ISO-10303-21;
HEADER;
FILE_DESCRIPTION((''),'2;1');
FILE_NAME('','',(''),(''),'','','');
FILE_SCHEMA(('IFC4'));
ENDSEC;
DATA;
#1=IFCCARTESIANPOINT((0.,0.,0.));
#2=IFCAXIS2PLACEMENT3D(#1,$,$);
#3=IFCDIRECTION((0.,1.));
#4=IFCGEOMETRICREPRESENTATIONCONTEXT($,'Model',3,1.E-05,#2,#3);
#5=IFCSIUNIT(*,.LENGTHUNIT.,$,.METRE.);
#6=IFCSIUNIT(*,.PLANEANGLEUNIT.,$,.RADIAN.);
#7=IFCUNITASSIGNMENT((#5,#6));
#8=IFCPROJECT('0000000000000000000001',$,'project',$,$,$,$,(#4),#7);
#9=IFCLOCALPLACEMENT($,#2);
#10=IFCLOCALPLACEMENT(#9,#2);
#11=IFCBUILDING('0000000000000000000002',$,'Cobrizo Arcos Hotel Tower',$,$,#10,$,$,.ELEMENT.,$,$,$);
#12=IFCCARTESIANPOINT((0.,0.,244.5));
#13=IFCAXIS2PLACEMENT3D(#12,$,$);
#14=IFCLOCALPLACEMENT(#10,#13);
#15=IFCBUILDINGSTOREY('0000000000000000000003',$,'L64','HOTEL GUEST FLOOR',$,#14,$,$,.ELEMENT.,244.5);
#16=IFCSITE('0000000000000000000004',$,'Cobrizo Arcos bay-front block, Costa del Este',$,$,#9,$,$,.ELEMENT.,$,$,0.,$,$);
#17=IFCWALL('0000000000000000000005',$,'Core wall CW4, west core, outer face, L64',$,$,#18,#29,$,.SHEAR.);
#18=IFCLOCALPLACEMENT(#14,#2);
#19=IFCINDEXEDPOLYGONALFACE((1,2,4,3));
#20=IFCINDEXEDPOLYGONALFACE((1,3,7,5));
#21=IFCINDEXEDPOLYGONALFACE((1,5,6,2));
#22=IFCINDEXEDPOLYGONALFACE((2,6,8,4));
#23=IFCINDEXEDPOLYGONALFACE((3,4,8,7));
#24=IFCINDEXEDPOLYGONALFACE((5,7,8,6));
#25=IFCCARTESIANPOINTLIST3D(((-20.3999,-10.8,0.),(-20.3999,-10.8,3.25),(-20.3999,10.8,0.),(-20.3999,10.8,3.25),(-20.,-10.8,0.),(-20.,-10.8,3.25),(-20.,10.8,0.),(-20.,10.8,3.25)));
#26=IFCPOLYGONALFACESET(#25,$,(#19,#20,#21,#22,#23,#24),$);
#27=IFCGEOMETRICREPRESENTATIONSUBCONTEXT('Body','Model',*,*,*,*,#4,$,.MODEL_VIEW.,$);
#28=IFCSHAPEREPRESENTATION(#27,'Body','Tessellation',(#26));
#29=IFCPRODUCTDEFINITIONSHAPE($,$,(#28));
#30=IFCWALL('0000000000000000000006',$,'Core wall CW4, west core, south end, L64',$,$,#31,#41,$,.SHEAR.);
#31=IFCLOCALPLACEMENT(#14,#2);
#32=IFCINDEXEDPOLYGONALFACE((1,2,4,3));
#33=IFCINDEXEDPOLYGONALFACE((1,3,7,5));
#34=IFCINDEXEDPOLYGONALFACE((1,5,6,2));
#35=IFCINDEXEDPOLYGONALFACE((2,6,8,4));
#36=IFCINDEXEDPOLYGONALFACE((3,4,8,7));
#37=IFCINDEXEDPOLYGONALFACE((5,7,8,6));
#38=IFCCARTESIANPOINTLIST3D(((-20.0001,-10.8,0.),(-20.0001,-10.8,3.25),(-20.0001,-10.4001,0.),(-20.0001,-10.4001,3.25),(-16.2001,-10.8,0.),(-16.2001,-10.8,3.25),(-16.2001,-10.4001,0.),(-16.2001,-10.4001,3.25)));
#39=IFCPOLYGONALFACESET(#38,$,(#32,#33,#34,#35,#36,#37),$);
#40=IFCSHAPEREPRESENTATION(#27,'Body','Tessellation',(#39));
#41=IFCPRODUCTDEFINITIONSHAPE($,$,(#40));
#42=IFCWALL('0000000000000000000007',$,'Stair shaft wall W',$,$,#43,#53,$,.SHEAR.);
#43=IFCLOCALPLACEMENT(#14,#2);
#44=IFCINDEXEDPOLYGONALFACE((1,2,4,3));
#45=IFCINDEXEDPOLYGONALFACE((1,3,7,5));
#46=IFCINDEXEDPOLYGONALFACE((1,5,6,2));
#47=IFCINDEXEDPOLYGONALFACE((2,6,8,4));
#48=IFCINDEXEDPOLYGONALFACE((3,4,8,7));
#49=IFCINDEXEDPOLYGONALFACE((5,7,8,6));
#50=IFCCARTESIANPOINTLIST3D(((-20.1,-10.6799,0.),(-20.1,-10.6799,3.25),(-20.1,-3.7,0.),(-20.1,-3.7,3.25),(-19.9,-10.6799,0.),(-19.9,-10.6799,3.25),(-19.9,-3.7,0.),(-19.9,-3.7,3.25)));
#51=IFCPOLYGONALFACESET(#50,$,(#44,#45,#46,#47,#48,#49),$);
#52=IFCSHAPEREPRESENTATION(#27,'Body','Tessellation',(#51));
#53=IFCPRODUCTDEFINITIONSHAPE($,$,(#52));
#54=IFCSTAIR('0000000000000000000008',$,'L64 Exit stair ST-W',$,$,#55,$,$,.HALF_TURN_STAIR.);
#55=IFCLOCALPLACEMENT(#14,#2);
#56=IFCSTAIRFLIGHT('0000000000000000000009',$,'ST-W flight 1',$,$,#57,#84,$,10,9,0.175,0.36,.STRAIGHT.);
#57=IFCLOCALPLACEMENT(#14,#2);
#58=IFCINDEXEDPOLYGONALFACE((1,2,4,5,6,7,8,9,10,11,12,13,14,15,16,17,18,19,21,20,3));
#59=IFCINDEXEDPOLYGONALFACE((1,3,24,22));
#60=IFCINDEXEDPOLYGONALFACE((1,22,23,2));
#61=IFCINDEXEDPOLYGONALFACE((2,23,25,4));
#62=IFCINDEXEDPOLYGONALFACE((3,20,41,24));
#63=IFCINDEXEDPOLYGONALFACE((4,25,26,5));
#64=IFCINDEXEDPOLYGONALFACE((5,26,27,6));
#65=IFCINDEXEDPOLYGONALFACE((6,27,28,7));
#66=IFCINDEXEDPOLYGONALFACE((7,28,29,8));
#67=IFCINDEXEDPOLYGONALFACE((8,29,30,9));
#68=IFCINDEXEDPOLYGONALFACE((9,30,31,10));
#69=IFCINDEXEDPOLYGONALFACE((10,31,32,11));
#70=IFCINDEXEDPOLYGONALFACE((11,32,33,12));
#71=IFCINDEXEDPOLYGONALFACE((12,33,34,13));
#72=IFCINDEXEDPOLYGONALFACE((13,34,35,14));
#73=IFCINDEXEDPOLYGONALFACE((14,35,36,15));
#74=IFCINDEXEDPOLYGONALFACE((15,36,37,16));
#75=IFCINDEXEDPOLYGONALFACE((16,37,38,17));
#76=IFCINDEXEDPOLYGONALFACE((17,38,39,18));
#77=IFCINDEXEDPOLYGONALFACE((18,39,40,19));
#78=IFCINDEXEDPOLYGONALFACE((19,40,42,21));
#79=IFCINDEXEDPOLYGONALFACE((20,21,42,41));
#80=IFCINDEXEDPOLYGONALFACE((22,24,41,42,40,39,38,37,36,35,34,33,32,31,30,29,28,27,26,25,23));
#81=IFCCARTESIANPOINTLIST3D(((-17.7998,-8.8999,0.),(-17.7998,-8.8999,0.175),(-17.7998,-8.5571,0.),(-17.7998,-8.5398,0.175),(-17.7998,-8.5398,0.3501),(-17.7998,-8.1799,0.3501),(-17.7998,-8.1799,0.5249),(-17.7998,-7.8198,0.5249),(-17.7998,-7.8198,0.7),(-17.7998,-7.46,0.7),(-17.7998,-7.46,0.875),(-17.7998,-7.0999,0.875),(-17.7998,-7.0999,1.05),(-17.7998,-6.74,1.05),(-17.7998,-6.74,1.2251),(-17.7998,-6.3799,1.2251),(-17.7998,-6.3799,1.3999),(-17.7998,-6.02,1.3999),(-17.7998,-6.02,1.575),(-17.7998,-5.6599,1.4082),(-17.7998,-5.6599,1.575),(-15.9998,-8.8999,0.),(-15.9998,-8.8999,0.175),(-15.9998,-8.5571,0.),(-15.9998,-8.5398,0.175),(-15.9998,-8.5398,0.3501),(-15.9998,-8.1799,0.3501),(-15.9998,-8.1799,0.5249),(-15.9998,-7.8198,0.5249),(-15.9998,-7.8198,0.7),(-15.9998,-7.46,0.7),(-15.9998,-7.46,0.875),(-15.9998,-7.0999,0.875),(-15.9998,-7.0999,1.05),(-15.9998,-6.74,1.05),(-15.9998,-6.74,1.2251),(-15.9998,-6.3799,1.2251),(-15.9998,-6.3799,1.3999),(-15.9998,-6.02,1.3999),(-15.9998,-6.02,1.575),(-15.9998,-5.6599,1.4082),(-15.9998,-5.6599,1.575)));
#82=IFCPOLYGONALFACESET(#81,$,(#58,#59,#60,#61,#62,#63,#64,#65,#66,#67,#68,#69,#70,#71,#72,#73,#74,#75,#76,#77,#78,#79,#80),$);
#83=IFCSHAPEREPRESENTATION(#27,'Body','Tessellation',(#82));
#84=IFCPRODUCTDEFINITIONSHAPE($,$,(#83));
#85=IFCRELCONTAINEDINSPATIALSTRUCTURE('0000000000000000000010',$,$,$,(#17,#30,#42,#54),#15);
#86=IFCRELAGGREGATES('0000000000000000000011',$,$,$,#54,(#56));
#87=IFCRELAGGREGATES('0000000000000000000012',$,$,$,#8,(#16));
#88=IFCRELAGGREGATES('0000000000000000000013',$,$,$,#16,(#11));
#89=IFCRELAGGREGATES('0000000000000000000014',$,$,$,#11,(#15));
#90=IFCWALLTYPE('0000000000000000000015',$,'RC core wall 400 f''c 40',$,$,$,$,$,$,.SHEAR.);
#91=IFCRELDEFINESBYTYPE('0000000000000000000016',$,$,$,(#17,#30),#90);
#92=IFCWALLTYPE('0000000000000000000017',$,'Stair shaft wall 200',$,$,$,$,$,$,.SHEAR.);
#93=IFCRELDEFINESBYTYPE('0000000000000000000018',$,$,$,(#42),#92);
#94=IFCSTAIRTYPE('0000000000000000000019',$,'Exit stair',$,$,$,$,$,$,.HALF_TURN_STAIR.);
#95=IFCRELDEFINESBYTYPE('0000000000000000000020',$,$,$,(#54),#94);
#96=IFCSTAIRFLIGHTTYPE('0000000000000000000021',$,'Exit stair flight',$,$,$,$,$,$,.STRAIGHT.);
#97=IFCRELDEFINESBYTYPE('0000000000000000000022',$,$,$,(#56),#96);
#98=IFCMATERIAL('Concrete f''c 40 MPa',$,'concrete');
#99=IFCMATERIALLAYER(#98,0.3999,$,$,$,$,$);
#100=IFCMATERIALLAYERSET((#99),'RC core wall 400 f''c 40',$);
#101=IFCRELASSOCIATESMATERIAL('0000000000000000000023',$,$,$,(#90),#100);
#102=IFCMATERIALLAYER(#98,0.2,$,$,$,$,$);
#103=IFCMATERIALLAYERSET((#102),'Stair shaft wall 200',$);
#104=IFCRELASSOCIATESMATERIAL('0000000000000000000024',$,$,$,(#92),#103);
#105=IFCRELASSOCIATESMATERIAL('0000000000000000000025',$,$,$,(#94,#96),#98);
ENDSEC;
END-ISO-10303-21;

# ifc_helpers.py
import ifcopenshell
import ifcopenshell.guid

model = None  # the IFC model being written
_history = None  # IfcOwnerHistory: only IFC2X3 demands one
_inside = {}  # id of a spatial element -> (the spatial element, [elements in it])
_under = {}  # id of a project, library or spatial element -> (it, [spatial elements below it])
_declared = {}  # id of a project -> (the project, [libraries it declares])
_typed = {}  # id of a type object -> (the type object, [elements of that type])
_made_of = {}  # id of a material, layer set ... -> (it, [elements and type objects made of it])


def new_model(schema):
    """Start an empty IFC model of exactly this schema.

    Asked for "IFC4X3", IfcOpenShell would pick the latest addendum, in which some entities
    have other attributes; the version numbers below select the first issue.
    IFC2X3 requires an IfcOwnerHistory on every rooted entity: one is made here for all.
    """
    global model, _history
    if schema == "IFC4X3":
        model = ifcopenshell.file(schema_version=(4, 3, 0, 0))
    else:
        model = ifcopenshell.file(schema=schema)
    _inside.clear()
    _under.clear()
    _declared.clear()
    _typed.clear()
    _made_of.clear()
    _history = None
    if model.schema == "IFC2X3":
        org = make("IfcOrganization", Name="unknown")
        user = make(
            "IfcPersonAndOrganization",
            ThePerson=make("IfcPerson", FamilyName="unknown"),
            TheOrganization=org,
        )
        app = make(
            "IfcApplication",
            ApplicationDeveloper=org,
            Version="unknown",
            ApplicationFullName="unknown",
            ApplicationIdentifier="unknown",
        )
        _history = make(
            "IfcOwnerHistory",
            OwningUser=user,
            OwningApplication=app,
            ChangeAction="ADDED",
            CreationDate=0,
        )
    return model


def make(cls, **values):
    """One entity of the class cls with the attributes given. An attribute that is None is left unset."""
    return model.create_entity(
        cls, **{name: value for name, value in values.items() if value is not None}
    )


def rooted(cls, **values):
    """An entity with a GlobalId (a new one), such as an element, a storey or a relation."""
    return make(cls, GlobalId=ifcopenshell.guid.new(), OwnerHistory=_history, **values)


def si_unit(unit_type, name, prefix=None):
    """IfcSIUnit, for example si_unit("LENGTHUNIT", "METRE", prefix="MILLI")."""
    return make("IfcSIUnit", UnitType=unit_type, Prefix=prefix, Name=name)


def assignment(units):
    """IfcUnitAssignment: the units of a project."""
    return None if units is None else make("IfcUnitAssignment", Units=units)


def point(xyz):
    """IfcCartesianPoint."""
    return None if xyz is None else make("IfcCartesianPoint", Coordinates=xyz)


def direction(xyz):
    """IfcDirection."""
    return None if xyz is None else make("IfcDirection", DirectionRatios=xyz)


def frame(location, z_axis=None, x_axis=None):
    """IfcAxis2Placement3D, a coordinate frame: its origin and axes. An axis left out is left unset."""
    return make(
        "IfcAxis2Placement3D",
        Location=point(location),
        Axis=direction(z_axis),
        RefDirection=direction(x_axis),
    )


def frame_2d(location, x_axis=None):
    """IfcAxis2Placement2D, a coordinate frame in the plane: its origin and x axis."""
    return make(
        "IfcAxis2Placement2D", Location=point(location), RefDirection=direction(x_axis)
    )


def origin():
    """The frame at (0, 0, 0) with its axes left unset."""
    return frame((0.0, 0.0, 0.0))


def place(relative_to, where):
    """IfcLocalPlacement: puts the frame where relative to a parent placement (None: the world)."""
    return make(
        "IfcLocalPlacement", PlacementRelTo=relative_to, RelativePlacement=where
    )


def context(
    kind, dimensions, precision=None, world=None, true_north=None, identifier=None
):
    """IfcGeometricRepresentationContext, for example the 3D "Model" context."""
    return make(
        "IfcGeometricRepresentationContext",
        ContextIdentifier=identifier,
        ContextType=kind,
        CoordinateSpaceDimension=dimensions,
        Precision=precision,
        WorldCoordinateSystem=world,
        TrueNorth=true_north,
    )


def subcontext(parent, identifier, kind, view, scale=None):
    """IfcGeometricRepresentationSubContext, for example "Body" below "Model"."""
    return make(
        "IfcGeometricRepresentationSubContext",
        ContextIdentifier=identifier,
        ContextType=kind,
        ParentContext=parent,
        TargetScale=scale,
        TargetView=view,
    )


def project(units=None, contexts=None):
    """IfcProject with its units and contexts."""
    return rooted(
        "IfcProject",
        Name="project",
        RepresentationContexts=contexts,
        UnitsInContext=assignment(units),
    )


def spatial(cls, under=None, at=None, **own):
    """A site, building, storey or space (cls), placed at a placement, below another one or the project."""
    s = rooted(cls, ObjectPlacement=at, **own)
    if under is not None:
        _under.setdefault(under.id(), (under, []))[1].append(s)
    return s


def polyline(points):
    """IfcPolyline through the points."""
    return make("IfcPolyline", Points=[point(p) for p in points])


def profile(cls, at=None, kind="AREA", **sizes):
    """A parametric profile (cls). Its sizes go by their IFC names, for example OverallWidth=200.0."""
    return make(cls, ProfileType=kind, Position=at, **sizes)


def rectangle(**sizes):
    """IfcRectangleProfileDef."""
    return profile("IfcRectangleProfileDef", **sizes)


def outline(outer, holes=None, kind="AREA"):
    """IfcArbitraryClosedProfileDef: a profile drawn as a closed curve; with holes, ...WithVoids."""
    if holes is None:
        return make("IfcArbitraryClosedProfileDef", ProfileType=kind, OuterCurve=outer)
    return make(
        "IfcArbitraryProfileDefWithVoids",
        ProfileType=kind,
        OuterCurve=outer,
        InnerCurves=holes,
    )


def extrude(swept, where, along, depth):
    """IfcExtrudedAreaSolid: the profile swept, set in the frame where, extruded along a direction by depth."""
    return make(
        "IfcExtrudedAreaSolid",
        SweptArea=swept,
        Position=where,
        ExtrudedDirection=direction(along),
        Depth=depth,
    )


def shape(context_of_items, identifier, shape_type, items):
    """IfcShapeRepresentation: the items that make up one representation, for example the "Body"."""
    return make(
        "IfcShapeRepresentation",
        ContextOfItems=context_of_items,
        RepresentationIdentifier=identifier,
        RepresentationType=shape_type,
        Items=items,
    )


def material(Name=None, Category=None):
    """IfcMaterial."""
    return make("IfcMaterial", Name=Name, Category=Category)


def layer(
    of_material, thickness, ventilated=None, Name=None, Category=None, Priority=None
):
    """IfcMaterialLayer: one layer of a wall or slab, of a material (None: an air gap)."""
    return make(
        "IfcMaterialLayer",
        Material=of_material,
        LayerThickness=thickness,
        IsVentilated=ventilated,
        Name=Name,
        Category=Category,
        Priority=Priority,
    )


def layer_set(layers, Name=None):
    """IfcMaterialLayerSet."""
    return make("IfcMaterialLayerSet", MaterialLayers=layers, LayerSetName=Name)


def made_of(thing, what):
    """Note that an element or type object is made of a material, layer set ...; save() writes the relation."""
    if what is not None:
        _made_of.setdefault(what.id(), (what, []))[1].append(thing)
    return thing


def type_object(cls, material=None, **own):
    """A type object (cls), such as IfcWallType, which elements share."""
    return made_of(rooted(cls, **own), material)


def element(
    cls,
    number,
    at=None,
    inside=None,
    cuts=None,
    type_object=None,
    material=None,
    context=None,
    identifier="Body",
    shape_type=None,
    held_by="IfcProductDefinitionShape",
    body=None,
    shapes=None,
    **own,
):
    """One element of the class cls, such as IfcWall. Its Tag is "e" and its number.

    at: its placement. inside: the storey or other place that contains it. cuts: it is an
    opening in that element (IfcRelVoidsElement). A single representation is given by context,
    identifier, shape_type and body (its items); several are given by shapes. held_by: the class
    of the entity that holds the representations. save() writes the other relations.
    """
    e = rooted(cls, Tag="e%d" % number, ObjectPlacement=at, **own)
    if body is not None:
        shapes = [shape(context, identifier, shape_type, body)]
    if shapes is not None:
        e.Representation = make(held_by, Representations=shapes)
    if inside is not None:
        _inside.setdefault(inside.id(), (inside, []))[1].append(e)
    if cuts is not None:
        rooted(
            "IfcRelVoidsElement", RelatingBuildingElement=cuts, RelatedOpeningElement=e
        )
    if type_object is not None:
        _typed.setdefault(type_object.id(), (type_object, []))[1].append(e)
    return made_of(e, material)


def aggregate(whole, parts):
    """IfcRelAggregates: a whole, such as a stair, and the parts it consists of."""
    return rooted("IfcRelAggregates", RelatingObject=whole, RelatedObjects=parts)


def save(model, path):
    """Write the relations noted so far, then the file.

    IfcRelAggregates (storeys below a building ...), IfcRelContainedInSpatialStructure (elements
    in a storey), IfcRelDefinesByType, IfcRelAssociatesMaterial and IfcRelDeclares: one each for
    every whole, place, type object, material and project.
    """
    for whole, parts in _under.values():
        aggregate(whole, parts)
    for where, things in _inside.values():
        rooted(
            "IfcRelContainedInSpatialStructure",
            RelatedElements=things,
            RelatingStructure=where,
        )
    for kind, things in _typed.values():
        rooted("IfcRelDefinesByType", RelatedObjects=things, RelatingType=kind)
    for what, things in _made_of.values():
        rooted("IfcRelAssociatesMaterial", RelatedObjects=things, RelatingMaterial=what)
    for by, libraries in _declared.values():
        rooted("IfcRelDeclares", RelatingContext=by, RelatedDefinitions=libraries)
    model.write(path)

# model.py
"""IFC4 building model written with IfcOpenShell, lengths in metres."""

from ifc_helpers import new_model, si_unit, direction, frame, frame_2d, origin, place, context, subcontext, project, spatial, polyline, rectangle, outline, extrude, material, layer, layer_set, type_object, element, aggregate, save


model = new_model("IFC4")

# Units and contexts
model_context = context("Model", 3, precision=1e-05, world=origin(), true_north=direction((0.0, 1.0)))
body_context = subcontext(model_context, "Body", "Model", "MODEL_VIEW")
ifc_project = project(units=[si_unit("LENGTHUNIT", "METRE"), si_unit("PLANEANGLEUNIT", "RADIAN")], contexts=[model_context])

# Site, building, storey
site_placement = place(None, origin())
site = spatial("IfcSite", under=ifc_project, at=site_placement, Name="Cobrizo Arcos bay-front block, Costa del Este", CompositionType="ELEMENT", RefElevation=0.0)
building_placement = place(site_placement, origin())
building = spatial("IfcBuilding", under=site, at=building_placement, Name="Cobrizo Arcos Hotel Tower", CompositionType="ELEMENT")
storey_placement = place(building_placement, frame((0.0, 0.0, 244.5)))
storey = spatial("IfcBuildingStorey", under=building, at=storey_placement, Name="L64", Description="HOTEL GUEST FLOOR", CompositionType="ELEMENT", Elevation=244.5)

# Shared definitions
ifc_material_1 = material(Name="Concrete f'c 40 MPa", Category="concrete")
ifc_layer_1 = layer(ifc_material_1, 0.3999)
ifc_layer_set_1 = layer_set([ifc_layer_1], Name="RC core wall 400 f'c 40")
wall_type_1 = type_object("IfcWallType", Name="RC core wall 400 f'c 40", PredefinedType="SHEAR", material=ifc_layer_set_1)

# Walls
wall_1_placement = place(storey_placement, frame((-20.2, -10.8, 0.0), z_axis=(0.0, 0.0, 1.0), x_axis=(0.0, 1.0, 0.0)))
element("IfcWall", 1, at=wall_1_placement, inside=storey, type_object=wall_type_1, Name="Core wall CW4, west core, outer face, L64", PredefinedType="SHEAR", context=body_context, shape_type="SweptSolid", body=[
    extrude(rectangle(XDim=21.6001, YDim=0.3999, at=frame_2d((10.8, 0.0))), origin(), (0.0, 0.0, 1.0), 3.25),
])
wall_2_placement = place(storey_placement, frame((-20.0, -10.6001, 0.0), z_axis=(0.0, 0.0, 1.0), x_axis=(1.0, 0.0, 0.0)))
element("IfcWall", 2, at=wall_2_placement, inside=storey, type_object=wall_type_1, Name="Core wall CW4, west core, south end, L64", PredefinedType="SHEAR", context=body_context, shape_type="SweptSolid", body=[
    extrude(rectangle(XDim=3.8, YDim=0.3999, at=frame_2d((1.8999, 0.0))), origin(), (0.0, 0.0, 1.0), 3.25),
])
ifc_layer_2 = layer(ifc_material_1, 0.2)
ifc_layer_set_2 = layer_set([ifc_layer_2], Name="Stair shaft wall 200")
wall_type_2 = type_object("IfcWallType", Name="Stair shaft wall 200", PredefinedType="SHEAR", material=ifc_layer_set_2)
wall_3_placement = place(storey_placement, frame((-20.0, -10.6799, 0.0), z_axis=(0.0, 0.0, 1.0), x_axis=(0.0, 1.0, 0.0)))
element("IfcWall", 3, at=wall_3_placement, inside=storey, type_object=wall_type_2, Name="Stair shaft wall W", PredefinedType="SHEAR", context=body_context, shape_type="SweptSolid", body=[
    extrude(rectangle(XDim=6.98, YDim=0.2, at=frame_2d((3.49, 0.0))), origin(), (0.0, 0.0, 1.0), 3.25),
])

# Stair, stair flight
stair_type = type_object("IfcStairType", Name="Exit stair", PredefinedType="HALF_TURN_STAIR", material=ifc_material_1)
stair_placement = place(storey_placement, origin())
stair = element("IfcStair", 4, at=stair_placement, inside=storey, type_object=stair_type, Name="L64 Exit stair ST-W", PredefinedType="HALF_TURN_STAIR")
stair_flight_type = type_object("IfcStairFlightType", Name="Exit stair flight", PredefinedType="STRAIGHT", material=ifc_material_1)
stair_flight_placement = place(storey_placement, frame((-16.8999, -8.8999, 0.0), z_axis=(0.0, 0.0, 1.0), x_axis=(0.0, 1.0, 0.0)))
stair_flight = element("IfcStairFlight", 5, at=stair_flight_placement, type_object=stair_flight_type, Name="ST-W flight 1", NumberOfRisers=10, NumberOfTreads=9, PredefinedType="STRAIGHT", RiserHeight=0.175, TreadLength=0.36, context=body_context, shape_type="SweptSolid", body=[
    extrude(outline(polyline([(0.0, 0.0), (0.0, 0.175), (0.3601, 0.175), (0.3601, 0.3501), (0.72, 0.3501), (0.72, 0.5249), (1.0801, 0.5249), (1.0801, 0.7), (1.4399, 0.7), (1.4399, 0.875), (1.8, 0.875), (1.8, 1.05), (2.1599, 1.05), (2.1599, 1.2251), (2.52, 1.2251), (2.52, 1.3999), (2.8799, 1.3999), (2.8799, 1.575), (3.24, 1.575), (3.24, 1.75), (3.24, 1.4082), (0.3428, 0.0), (0.0, 0.0)])), frame((0.0, 0.8999, 0.0), z_axis=(0.0, -1.0, 0.0), x_axis=(1.0, 0.0, 0.0)), (0.0, 0.0, 1.0), 1.8),
])
aggregate(stair, [stair_flight])

save(model, "model.ifc")
